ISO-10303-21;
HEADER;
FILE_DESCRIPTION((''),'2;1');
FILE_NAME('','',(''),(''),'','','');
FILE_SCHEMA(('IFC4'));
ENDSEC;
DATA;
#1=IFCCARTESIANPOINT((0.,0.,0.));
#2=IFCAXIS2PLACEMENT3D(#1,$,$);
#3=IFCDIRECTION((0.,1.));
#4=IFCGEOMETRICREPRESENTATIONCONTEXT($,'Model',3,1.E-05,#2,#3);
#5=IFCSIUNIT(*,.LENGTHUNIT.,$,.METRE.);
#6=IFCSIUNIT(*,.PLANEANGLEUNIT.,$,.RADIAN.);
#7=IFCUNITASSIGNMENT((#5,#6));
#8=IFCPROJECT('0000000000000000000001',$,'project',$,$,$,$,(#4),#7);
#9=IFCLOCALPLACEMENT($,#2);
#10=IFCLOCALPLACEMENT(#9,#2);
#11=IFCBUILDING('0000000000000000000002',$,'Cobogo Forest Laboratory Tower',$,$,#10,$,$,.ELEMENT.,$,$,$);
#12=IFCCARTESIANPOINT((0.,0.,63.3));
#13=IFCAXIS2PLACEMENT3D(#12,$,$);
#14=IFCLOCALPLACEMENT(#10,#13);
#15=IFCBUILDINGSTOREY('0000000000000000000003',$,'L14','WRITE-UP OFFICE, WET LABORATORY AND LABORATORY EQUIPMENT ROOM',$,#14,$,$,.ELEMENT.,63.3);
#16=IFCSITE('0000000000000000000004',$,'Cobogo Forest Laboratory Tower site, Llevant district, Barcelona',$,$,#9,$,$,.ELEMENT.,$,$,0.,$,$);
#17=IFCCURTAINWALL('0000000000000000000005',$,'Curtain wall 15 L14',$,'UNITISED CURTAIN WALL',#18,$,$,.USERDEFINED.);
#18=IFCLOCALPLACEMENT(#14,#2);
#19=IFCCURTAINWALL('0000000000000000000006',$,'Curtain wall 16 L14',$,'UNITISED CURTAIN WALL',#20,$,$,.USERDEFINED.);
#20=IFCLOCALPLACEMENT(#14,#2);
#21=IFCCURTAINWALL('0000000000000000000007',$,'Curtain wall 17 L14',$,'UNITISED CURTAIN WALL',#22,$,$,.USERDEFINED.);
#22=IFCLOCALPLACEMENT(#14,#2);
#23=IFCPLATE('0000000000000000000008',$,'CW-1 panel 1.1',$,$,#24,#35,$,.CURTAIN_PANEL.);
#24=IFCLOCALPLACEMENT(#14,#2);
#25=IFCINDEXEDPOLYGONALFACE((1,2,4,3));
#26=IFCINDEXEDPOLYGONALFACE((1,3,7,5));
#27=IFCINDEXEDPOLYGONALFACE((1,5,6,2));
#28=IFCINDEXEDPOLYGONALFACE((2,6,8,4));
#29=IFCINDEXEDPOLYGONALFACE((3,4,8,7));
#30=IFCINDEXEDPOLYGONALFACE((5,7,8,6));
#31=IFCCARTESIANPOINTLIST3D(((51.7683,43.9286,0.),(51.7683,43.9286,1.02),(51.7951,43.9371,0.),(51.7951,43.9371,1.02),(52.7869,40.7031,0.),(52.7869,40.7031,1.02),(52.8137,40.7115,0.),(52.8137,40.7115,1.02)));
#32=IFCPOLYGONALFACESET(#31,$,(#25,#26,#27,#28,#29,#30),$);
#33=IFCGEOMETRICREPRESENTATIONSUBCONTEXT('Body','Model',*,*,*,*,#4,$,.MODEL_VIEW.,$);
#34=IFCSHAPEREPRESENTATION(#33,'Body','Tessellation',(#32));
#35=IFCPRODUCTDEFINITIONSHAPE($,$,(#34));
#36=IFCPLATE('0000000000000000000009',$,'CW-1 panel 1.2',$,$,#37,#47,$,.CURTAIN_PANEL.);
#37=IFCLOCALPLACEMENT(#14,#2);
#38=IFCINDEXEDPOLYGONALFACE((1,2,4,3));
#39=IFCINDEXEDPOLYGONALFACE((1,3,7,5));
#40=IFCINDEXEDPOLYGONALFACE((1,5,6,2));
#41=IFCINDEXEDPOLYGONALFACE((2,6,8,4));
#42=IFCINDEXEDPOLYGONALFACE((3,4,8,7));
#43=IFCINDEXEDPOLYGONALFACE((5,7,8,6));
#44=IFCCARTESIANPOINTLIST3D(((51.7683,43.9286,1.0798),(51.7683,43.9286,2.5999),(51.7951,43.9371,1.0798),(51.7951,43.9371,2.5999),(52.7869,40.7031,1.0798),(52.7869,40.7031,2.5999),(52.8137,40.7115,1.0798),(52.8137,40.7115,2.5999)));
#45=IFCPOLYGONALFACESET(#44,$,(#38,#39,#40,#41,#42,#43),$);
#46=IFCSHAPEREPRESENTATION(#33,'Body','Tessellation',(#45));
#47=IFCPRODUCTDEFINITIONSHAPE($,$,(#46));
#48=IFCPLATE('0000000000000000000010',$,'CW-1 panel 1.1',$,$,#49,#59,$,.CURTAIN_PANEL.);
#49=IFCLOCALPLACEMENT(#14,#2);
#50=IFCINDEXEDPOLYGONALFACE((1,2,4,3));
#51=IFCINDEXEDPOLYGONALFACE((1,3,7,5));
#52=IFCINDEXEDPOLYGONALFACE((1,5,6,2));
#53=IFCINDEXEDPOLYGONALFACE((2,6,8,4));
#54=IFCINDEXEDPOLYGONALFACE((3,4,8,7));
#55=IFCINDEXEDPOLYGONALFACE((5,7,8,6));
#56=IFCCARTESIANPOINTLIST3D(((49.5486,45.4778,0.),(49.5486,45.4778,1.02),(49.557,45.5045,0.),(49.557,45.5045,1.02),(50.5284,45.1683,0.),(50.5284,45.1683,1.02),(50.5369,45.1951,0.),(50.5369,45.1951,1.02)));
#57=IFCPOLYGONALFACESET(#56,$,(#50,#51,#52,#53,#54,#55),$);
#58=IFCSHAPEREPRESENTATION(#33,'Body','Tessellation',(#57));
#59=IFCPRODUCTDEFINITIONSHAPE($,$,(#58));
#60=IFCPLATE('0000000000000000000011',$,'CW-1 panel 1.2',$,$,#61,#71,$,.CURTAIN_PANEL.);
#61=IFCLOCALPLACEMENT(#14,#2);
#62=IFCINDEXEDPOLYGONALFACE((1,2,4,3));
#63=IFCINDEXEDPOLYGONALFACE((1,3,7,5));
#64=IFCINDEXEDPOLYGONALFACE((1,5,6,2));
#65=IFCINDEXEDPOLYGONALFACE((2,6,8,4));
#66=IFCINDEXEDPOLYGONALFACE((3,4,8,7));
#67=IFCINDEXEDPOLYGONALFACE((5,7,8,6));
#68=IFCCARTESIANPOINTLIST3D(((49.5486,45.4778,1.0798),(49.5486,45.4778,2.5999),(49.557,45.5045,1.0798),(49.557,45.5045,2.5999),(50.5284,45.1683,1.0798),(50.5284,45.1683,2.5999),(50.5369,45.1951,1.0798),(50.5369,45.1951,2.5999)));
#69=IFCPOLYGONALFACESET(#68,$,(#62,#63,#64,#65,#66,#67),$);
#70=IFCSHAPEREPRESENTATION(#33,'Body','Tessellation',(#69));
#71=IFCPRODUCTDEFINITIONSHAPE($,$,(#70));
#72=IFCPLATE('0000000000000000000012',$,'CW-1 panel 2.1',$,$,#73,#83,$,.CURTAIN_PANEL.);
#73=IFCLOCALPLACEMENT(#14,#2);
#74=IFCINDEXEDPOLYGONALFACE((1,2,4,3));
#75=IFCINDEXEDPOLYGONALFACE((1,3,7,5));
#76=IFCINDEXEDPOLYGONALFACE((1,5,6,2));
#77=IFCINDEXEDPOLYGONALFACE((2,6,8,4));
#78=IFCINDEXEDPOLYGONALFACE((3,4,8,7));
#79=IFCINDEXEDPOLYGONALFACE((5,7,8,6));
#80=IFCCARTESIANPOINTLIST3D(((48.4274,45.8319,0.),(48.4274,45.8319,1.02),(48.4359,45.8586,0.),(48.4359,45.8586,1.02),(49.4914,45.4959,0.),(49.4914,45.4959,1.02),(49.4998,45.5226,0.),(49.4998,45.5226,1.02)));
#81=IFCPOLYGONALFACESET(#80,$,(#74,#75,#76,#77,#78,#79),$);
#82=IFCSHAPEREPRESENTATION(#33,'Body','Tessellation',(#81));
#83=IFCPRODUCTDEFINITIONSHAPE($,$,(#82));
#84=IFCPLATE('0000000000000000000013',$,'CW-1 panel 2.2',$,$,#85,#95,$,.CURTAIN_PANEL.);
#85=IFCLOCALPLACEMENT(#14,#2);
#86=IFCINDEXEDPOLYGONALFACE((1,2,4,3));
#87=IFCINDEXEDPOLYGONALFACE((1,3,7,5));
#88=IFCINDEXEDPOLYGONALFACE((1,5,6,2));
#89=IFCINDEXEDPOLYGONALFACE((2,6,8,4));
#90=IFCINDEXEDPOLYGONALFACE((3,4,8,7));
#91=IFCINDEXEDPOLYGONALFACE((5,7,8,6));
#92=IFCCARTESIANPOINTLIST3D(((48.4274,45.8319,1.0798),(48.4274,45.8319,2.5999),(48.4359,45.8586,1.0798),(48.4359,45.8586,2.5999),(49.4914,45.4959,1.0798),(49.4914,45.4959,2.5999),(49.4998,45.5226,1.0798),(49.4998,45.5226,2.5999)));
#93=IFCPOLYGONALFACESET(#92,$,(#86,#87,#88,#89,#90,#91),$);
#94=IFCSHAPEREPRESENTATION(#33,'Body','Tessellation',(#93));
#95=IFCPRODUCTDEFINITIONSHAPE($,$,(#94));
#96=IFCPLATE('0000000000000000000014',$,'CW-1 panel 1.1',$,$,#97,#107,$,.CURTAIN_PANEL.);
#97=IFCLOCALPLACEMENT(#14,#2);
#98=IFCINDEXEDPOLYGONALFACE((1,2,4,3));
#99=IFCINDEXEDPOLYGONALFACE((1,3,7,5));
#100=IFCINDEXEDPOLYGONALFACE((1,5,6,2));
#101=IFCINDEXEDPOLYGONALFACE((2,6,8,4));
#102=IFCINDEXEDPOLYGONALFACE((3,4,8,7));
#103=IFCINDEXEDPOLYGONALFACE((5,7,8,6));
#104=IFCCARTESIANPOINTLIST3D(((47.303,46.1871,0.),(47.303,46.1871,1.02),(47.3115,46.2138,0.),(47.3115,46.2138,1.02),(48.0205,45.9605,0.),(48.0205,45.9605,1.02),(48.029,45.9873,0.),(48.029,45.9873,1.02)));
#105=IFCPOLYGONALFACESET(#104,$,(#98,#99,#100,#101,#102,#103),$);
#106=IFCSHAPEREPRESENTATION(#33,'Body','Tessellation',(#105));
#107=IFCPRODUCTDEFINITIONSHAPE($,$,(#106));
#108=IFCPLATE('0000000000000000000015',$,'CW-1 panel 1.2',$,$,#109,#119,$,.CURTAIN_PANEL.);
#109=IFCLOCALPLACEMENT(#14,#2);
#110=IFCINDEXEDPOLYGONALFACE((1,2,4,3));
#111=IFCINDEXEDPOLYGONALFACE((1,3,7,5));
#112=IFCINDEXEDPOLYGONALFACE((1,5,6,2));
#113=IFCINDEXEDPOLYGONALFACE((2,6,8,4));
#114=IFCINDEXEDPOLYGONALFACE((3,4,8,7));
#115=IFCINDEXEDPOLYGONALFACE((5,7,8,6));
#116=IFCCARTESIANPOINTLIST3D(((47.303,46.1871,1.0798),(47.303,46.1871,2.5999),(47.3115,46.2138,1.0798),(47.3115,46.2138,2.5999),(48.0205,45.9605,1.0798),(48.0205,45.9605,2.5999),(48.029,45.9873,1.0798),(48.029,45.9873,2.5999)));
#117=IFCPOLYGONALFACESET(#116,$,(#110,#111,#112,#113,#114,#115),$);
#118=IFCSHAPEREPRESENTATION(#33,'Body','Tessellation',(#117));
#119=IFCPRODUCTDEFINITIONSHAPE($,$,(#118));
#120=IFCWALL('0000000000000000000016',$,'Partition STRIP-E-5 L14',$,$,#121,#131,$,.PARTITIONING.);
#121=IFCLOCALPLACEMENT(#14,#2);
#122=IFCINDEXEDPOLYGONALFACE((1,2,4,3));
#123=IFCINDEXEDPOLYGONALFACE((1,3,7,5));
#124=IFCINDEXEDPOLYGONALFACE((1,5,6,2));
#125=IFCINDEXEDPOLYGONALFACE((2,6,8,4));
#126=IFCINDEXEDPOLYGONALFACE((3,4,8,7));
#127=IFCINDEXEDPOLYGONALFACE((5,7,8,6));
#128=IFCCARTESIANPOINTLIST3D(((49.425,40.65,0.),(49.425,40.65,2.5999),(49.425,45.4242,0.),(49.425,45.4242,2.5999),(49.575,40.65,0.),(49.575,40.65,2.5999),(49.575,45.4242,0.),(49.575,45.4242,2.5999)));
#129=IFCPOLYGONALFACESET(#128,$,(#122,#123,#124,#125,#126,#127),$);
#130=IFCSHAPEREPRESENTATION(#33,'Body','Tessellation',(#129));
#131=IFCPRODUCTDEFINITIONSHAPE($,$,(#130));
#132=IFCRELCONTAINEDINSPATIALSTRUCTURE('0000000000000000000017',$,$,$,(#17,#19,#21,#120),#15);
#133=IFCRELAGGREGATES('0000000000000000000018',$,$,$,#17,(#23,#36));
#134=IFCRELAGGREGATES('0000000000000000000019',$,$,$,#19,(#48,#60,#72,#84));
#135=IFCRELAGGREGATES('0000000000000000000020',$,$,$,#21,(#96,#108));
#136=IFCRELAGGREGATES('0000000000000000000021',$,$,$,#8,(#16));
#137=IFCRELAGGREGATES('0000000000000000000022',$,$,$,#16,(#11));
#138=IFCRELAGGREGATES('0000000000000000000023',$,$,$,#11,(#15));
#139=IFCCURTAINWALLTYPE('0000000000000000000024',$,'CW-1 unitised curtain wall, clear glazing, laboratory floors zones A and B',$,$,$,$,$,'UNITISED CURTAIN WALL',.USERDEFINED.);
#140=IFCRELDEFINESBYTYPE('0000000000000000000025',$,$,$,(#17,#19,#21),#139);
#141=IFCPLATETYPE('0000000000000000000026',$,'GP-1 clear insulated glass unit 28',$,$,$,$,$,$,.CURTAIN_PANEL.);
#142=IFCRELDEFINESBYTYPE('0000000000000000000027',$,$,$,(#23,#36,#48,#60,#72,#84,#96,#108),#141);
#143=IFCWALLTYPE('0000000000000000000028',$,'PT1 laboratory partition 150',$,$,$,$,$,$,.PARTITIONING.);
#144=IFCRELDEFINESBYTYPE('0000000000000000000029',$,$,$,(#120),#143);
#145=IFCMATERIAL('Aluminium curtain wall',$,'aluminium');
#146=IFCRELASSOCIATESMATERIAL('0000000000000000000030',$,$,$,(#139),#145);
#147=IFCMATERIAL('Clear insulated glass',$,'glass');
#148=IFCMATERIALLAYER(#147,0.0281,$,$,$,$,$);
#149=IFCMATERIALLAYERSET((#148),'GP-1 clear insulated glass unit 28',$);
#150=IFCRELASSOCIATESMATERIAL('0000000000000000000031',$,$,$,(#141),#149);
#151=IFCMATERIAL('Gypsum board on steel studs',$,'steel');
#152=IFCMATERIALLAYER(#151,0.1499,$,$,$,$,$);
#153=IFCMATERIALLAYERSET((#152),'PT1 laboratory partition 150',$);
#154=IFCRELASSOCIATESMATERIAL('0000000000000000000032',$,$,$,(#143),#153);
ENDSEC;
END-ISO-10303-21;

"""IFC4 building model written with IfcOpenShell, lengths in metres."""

from ifc_helpers import new_model, si_unit, direction, frame, frame_2d, origin, origin_2d, place, context, subcontext, project, spatial, rectangle, extrude, material, layer, layer_set, type_object, element, aggregate, save


model = new_model("IFC4")

# Units and contexts
model_context = context("Model", 3, precision=1e-05, world=origin(), true_north=direction((0.0, 1.0)))
body_context = subcontext(model_context, "Body", "Model", "MODEL_VIEW")
ifc_project = project(units=[si_unit("LENGTHUNIT", "METRE"), si_unit("PLANEANGLEUNIT", "RADIAN")], contexts=[model_context])

# Site, building, storey
site_placement = place(None, origin())
site = spatial("IfcSite", under=ifc_project, at=site_placement, Name="Cobogo Forest Laboratory Tower site, Llevant district, Barcelona", CompositionType="ELEMENT", RefElevation=0.0)
building_placement = place(site_placement, origin())
building = spatial("IfcBuilding", under=site, at=building_placement, Name="Cobogo Forest Laboratory Tower", CompositionType="ELEMENT")
storey_placement = place(building_placement, frame((0.0, 0.0, 63.3)))
storey = spatial("IfcBuildingStorey", under=building, at=storey_placement, Name="L14", Description="WRITE-UP OFFICE, WET LABORATORY AND LABORATORY EQUIPMENT ROOM", CompositionType="ELEMENT", Elevation=63.3)

# Curtain walls
ifc_material_1 = material(Name="Aluminium curtain wall", Category="aluminium")
curtain_wall_type = type_object("IfcCurtainWallType", Name="CW-1 unitised curtain wall, clear glazing, laboratory floors zones A and B", ElementType="UNITISED CURTAIN WALL", PredefinedType="USERDEFINED", material=ifc_material_1)
curtain_wall_1_placement = place(storey_placement, origin())
curtain_wall_1 = element("IfcCurtainWall", 1, at=curtain_wall_1_placement, inside=storey, type_object=curtain_wall_type, Name="Curtain wall 15 L14", ObjectType="UNITISED CURTAIN WALL", PredefinedType="USERDEFINED")
curtain_wall_2_placement = place(storey_placement, origin())
curtain_wall_2 = element("IfcCurtainWall", 2, at=curtain_wall_2_placement, inside=storey, type_object=curtain_wall_type, Name="Curtain wall 16 L14", ObjectType="UNITISED CURTAIN WALL", PredefinedType="USERDEFINED")
curtain_wall_3_placement = place(storey_placement, origin())
curtain_wall_3 = element("IfcCurtainWall", 3, at=curtain_wall_3_placement, inside=storey, type_object=curtain_wall_type, Name="Curtain wall 17 L14", ObjectType="UNITISED CURTAIN WALL", PredefinedType="USERDEFINED")

# Plates
ifc_material_2 = material(Name="Clear insulated glass", Category="glass")
ifc_layer_1 = layer(ifc_material_2, 0.0281)
ifc_layer_set_1 = layer_set([ifc_layer_1], Name="GP-1 clear insulated glass unit 28")
plate_type = type_object("IfcPlateType", Name="GP-1 clear insulated glass unit 28", PredefinedType="CURTAIN_PANEL", material=ifc_layer_set_1)
plate_1_placement = place(storey_placement, frame((52.291, 42.3201, 0.0), z_axis=(0.0, 0.0, 1.0), x_axis=(-0.301135, 0.953581, 0.0)))
plate_1 = element("IfcPlate", 4, at=plate_1_placement, type_object=plate_type, Name="CW-1 panel 1.1", PredefinedType="CURTAIN_PANEL", context=body_context, shape_type="SweptSolid", body=[
    extrude(rectangle(XDim=3.3826, YDim=0.0281, at=origin_2d()), origin(), (0.0, 0.0, 1.0), 1.02),
])
plate_2_placement = place(storey_placement, frame((52.291, 42.3201, 1.0798), z_axis=(0.0, 0.0, 1.0), x_axis=(-0.301135, 0.953581, 0.0)))
plate_2 = element("IfcPlate", 5, at=plate_2_placement, type_object=plate_type, Name="CW-1 panel 1.2", PredefinedType="CURTAIN_PANEL", context=body_context, shape_type="SweptSolid", body=[
    extrude(rectangle(XDim=3.3826, YDim=0.0281, at=origin_2d()), origin(), (0.0, 0.0, 1.0), 1.52),
])
aggregate(curtain_wall_1, [plate_1, plate_2])
plate_3_placement = place(storey_placement, frame((50.0427, 45.3364, 0.0), z_axis=(0.0, 0.0, 1.0), x_axis=(-0.953581, 0.301135, 0.0)))
plate_3 = element("IfcPlate", 6, at=plate_3_placement, type_object=plate_type, Name="CW-1 panel 1.1", PredefinedType="CURTAIN_PANEL", context=body_context, shape_type="SweptSolid", body=[
    extrude(rectangle(XDim=1.0276, YDim=0.0281, at=origin_2d()), origin(), (0.0, 0.0, 1.0), 1.02),
])
plate_4_placement = place(storey_placement, frame((50.0427, 45.3364, 1.0798), z_axis=(0.0, 0.0, 1.0), x_axis=(-0.953581, 0.301135, 0.0)))
plate_4 = element("IfcPlate", 7, at=plate_4_placement, type_object=plate_type, Name="CW-1 panel 1.2", PredefinedType="CURTAIN_PANEL", context=body_context, shape_type="SweptSolid", body=[
    extrude(rectangle(XDim=1.0276, YDim=0.0281, at=origin_2d()), origin(), (0.0, 0.0, 1.0), 1.52),
])
plate_5_placement = place(storey_placement, frame((48.9636, 45.6772, 0.0), z_axis=(0.0, 0.0, 1.0), x_axis=(-0.953581, 0.301135, 0.0)))
plate_5 = element("IfcPlate", 8, at=plate_5_placement, type_object=plate_type, Name="CW-1 panel 2.1", PredefinedType="CURTAIN_PANEL", context=body_context, shape_type="SweptSolid", body=[
    extrude(rectangle(XDim=1.1157, YDim=0.0281, at=origin_2d()), origin(), (0.0, 0.0, 1.0), 1.02),
])
plate_6_placement = place(storey_placement, frame((48.9636, 45.6772, 1.0798), z_axis=(0.0, 0.0, 1.0), x_axis=(-0.953581, 0.301135, 0.0)))
plate_6 = element("IfcPlate", 9, at=plate_6_placement, type_object=plate_type, Name="CW-1 panel 2.2", PredefinedType="CURTAIN_PANEL", context=body_context, shape_type="SweptSolid", body=[
    extrude(rectangle(XDim=1.1157, YDim=0.0281, at=origin_2d()), origin(), (0.0, 0.0, 1.0), 1.52),
])
aggregate(curtain_wall_2, [plate_3, plate_4, plate_5, plate_6])
plate_7_placement = place(storey_placement, frame((47.666, 46.0872, 0.0), z_axis=(0.0, 0.0, 1.0), x_axis=(-0.953582, 0.301135, 0.0)))
plate_7 = element("IfcPlate", 10, at=plate_7_placement, type_object=plate_type, Name="CW-1 panel 1.1", PredefinedType="CURTAIN_PANEL", context=body_context, shape_type="SweptSolid", body=[
    extrude(rectangle(XDim=0.7524, YDim=0.0281, at=origin_2d()), origin(), (0.0, 0.0, 1.0), 1.02),
])
plate_8_placement = place(storey_placement, frame((47.666, 46.0872, 1.0798), z_axis=(0.0, 0.0, 1.0), x_axis=(-0.953582, 0.301135, 0.0)))
plate_8 = element("IfcPlate", 11, at=plate_8_placement, type_object=plate_type, Name="CW-1 panel 1.2", PredefinedType="CURTAIN_PANEL", context=body_context, shape_type="SweptSolid", body=[
    extrude(rectangle(XDim=0.7524, YDim=0.0281, at=origin_2d()), origin(), (0.0, 0.0, 1.0), 1.52),
])
aggregate(curtain_wall_3, [plate_7, plate_8])

# Wall
ifc_material_3 = material(Name="Gypsum board on steel studs", Category="steel")
ifc_layer_2 = layer(ifc_material_3, 0.1499)
ifc_layer_set_2 = layer_set([ifc_layer_2], Name="PT1 laboratory partition 150")
wall_type = type_object("IfcWallType", Name="PT1 laboratory partition 150", PredefinedType="PARTITIONING", material=ifc_layer_set_2)
wall_placement = place(storey_placement, frame((49.5, 40.6499, 0.0), z_axis=(0.0, 0.0, 1.0), x_axis=(0.0, 1.0, 0.0)))
element("IfcWall", 12, at=wall_placement, inside=storey, type_object=wall_type, Name="Partition STRIP-E-5 L14", PredefinedType="PARTITIONING", context=body_context, shape_type="SweptSolid", body=[
    extrude(rectangle(XDim=4.7742, YDim=0.1499, at=frame_2d((2.3872, 0.0))), origin(), (0.0, 0.0, 1.0), 2.5999),
])

save(model, "model.ifc")
